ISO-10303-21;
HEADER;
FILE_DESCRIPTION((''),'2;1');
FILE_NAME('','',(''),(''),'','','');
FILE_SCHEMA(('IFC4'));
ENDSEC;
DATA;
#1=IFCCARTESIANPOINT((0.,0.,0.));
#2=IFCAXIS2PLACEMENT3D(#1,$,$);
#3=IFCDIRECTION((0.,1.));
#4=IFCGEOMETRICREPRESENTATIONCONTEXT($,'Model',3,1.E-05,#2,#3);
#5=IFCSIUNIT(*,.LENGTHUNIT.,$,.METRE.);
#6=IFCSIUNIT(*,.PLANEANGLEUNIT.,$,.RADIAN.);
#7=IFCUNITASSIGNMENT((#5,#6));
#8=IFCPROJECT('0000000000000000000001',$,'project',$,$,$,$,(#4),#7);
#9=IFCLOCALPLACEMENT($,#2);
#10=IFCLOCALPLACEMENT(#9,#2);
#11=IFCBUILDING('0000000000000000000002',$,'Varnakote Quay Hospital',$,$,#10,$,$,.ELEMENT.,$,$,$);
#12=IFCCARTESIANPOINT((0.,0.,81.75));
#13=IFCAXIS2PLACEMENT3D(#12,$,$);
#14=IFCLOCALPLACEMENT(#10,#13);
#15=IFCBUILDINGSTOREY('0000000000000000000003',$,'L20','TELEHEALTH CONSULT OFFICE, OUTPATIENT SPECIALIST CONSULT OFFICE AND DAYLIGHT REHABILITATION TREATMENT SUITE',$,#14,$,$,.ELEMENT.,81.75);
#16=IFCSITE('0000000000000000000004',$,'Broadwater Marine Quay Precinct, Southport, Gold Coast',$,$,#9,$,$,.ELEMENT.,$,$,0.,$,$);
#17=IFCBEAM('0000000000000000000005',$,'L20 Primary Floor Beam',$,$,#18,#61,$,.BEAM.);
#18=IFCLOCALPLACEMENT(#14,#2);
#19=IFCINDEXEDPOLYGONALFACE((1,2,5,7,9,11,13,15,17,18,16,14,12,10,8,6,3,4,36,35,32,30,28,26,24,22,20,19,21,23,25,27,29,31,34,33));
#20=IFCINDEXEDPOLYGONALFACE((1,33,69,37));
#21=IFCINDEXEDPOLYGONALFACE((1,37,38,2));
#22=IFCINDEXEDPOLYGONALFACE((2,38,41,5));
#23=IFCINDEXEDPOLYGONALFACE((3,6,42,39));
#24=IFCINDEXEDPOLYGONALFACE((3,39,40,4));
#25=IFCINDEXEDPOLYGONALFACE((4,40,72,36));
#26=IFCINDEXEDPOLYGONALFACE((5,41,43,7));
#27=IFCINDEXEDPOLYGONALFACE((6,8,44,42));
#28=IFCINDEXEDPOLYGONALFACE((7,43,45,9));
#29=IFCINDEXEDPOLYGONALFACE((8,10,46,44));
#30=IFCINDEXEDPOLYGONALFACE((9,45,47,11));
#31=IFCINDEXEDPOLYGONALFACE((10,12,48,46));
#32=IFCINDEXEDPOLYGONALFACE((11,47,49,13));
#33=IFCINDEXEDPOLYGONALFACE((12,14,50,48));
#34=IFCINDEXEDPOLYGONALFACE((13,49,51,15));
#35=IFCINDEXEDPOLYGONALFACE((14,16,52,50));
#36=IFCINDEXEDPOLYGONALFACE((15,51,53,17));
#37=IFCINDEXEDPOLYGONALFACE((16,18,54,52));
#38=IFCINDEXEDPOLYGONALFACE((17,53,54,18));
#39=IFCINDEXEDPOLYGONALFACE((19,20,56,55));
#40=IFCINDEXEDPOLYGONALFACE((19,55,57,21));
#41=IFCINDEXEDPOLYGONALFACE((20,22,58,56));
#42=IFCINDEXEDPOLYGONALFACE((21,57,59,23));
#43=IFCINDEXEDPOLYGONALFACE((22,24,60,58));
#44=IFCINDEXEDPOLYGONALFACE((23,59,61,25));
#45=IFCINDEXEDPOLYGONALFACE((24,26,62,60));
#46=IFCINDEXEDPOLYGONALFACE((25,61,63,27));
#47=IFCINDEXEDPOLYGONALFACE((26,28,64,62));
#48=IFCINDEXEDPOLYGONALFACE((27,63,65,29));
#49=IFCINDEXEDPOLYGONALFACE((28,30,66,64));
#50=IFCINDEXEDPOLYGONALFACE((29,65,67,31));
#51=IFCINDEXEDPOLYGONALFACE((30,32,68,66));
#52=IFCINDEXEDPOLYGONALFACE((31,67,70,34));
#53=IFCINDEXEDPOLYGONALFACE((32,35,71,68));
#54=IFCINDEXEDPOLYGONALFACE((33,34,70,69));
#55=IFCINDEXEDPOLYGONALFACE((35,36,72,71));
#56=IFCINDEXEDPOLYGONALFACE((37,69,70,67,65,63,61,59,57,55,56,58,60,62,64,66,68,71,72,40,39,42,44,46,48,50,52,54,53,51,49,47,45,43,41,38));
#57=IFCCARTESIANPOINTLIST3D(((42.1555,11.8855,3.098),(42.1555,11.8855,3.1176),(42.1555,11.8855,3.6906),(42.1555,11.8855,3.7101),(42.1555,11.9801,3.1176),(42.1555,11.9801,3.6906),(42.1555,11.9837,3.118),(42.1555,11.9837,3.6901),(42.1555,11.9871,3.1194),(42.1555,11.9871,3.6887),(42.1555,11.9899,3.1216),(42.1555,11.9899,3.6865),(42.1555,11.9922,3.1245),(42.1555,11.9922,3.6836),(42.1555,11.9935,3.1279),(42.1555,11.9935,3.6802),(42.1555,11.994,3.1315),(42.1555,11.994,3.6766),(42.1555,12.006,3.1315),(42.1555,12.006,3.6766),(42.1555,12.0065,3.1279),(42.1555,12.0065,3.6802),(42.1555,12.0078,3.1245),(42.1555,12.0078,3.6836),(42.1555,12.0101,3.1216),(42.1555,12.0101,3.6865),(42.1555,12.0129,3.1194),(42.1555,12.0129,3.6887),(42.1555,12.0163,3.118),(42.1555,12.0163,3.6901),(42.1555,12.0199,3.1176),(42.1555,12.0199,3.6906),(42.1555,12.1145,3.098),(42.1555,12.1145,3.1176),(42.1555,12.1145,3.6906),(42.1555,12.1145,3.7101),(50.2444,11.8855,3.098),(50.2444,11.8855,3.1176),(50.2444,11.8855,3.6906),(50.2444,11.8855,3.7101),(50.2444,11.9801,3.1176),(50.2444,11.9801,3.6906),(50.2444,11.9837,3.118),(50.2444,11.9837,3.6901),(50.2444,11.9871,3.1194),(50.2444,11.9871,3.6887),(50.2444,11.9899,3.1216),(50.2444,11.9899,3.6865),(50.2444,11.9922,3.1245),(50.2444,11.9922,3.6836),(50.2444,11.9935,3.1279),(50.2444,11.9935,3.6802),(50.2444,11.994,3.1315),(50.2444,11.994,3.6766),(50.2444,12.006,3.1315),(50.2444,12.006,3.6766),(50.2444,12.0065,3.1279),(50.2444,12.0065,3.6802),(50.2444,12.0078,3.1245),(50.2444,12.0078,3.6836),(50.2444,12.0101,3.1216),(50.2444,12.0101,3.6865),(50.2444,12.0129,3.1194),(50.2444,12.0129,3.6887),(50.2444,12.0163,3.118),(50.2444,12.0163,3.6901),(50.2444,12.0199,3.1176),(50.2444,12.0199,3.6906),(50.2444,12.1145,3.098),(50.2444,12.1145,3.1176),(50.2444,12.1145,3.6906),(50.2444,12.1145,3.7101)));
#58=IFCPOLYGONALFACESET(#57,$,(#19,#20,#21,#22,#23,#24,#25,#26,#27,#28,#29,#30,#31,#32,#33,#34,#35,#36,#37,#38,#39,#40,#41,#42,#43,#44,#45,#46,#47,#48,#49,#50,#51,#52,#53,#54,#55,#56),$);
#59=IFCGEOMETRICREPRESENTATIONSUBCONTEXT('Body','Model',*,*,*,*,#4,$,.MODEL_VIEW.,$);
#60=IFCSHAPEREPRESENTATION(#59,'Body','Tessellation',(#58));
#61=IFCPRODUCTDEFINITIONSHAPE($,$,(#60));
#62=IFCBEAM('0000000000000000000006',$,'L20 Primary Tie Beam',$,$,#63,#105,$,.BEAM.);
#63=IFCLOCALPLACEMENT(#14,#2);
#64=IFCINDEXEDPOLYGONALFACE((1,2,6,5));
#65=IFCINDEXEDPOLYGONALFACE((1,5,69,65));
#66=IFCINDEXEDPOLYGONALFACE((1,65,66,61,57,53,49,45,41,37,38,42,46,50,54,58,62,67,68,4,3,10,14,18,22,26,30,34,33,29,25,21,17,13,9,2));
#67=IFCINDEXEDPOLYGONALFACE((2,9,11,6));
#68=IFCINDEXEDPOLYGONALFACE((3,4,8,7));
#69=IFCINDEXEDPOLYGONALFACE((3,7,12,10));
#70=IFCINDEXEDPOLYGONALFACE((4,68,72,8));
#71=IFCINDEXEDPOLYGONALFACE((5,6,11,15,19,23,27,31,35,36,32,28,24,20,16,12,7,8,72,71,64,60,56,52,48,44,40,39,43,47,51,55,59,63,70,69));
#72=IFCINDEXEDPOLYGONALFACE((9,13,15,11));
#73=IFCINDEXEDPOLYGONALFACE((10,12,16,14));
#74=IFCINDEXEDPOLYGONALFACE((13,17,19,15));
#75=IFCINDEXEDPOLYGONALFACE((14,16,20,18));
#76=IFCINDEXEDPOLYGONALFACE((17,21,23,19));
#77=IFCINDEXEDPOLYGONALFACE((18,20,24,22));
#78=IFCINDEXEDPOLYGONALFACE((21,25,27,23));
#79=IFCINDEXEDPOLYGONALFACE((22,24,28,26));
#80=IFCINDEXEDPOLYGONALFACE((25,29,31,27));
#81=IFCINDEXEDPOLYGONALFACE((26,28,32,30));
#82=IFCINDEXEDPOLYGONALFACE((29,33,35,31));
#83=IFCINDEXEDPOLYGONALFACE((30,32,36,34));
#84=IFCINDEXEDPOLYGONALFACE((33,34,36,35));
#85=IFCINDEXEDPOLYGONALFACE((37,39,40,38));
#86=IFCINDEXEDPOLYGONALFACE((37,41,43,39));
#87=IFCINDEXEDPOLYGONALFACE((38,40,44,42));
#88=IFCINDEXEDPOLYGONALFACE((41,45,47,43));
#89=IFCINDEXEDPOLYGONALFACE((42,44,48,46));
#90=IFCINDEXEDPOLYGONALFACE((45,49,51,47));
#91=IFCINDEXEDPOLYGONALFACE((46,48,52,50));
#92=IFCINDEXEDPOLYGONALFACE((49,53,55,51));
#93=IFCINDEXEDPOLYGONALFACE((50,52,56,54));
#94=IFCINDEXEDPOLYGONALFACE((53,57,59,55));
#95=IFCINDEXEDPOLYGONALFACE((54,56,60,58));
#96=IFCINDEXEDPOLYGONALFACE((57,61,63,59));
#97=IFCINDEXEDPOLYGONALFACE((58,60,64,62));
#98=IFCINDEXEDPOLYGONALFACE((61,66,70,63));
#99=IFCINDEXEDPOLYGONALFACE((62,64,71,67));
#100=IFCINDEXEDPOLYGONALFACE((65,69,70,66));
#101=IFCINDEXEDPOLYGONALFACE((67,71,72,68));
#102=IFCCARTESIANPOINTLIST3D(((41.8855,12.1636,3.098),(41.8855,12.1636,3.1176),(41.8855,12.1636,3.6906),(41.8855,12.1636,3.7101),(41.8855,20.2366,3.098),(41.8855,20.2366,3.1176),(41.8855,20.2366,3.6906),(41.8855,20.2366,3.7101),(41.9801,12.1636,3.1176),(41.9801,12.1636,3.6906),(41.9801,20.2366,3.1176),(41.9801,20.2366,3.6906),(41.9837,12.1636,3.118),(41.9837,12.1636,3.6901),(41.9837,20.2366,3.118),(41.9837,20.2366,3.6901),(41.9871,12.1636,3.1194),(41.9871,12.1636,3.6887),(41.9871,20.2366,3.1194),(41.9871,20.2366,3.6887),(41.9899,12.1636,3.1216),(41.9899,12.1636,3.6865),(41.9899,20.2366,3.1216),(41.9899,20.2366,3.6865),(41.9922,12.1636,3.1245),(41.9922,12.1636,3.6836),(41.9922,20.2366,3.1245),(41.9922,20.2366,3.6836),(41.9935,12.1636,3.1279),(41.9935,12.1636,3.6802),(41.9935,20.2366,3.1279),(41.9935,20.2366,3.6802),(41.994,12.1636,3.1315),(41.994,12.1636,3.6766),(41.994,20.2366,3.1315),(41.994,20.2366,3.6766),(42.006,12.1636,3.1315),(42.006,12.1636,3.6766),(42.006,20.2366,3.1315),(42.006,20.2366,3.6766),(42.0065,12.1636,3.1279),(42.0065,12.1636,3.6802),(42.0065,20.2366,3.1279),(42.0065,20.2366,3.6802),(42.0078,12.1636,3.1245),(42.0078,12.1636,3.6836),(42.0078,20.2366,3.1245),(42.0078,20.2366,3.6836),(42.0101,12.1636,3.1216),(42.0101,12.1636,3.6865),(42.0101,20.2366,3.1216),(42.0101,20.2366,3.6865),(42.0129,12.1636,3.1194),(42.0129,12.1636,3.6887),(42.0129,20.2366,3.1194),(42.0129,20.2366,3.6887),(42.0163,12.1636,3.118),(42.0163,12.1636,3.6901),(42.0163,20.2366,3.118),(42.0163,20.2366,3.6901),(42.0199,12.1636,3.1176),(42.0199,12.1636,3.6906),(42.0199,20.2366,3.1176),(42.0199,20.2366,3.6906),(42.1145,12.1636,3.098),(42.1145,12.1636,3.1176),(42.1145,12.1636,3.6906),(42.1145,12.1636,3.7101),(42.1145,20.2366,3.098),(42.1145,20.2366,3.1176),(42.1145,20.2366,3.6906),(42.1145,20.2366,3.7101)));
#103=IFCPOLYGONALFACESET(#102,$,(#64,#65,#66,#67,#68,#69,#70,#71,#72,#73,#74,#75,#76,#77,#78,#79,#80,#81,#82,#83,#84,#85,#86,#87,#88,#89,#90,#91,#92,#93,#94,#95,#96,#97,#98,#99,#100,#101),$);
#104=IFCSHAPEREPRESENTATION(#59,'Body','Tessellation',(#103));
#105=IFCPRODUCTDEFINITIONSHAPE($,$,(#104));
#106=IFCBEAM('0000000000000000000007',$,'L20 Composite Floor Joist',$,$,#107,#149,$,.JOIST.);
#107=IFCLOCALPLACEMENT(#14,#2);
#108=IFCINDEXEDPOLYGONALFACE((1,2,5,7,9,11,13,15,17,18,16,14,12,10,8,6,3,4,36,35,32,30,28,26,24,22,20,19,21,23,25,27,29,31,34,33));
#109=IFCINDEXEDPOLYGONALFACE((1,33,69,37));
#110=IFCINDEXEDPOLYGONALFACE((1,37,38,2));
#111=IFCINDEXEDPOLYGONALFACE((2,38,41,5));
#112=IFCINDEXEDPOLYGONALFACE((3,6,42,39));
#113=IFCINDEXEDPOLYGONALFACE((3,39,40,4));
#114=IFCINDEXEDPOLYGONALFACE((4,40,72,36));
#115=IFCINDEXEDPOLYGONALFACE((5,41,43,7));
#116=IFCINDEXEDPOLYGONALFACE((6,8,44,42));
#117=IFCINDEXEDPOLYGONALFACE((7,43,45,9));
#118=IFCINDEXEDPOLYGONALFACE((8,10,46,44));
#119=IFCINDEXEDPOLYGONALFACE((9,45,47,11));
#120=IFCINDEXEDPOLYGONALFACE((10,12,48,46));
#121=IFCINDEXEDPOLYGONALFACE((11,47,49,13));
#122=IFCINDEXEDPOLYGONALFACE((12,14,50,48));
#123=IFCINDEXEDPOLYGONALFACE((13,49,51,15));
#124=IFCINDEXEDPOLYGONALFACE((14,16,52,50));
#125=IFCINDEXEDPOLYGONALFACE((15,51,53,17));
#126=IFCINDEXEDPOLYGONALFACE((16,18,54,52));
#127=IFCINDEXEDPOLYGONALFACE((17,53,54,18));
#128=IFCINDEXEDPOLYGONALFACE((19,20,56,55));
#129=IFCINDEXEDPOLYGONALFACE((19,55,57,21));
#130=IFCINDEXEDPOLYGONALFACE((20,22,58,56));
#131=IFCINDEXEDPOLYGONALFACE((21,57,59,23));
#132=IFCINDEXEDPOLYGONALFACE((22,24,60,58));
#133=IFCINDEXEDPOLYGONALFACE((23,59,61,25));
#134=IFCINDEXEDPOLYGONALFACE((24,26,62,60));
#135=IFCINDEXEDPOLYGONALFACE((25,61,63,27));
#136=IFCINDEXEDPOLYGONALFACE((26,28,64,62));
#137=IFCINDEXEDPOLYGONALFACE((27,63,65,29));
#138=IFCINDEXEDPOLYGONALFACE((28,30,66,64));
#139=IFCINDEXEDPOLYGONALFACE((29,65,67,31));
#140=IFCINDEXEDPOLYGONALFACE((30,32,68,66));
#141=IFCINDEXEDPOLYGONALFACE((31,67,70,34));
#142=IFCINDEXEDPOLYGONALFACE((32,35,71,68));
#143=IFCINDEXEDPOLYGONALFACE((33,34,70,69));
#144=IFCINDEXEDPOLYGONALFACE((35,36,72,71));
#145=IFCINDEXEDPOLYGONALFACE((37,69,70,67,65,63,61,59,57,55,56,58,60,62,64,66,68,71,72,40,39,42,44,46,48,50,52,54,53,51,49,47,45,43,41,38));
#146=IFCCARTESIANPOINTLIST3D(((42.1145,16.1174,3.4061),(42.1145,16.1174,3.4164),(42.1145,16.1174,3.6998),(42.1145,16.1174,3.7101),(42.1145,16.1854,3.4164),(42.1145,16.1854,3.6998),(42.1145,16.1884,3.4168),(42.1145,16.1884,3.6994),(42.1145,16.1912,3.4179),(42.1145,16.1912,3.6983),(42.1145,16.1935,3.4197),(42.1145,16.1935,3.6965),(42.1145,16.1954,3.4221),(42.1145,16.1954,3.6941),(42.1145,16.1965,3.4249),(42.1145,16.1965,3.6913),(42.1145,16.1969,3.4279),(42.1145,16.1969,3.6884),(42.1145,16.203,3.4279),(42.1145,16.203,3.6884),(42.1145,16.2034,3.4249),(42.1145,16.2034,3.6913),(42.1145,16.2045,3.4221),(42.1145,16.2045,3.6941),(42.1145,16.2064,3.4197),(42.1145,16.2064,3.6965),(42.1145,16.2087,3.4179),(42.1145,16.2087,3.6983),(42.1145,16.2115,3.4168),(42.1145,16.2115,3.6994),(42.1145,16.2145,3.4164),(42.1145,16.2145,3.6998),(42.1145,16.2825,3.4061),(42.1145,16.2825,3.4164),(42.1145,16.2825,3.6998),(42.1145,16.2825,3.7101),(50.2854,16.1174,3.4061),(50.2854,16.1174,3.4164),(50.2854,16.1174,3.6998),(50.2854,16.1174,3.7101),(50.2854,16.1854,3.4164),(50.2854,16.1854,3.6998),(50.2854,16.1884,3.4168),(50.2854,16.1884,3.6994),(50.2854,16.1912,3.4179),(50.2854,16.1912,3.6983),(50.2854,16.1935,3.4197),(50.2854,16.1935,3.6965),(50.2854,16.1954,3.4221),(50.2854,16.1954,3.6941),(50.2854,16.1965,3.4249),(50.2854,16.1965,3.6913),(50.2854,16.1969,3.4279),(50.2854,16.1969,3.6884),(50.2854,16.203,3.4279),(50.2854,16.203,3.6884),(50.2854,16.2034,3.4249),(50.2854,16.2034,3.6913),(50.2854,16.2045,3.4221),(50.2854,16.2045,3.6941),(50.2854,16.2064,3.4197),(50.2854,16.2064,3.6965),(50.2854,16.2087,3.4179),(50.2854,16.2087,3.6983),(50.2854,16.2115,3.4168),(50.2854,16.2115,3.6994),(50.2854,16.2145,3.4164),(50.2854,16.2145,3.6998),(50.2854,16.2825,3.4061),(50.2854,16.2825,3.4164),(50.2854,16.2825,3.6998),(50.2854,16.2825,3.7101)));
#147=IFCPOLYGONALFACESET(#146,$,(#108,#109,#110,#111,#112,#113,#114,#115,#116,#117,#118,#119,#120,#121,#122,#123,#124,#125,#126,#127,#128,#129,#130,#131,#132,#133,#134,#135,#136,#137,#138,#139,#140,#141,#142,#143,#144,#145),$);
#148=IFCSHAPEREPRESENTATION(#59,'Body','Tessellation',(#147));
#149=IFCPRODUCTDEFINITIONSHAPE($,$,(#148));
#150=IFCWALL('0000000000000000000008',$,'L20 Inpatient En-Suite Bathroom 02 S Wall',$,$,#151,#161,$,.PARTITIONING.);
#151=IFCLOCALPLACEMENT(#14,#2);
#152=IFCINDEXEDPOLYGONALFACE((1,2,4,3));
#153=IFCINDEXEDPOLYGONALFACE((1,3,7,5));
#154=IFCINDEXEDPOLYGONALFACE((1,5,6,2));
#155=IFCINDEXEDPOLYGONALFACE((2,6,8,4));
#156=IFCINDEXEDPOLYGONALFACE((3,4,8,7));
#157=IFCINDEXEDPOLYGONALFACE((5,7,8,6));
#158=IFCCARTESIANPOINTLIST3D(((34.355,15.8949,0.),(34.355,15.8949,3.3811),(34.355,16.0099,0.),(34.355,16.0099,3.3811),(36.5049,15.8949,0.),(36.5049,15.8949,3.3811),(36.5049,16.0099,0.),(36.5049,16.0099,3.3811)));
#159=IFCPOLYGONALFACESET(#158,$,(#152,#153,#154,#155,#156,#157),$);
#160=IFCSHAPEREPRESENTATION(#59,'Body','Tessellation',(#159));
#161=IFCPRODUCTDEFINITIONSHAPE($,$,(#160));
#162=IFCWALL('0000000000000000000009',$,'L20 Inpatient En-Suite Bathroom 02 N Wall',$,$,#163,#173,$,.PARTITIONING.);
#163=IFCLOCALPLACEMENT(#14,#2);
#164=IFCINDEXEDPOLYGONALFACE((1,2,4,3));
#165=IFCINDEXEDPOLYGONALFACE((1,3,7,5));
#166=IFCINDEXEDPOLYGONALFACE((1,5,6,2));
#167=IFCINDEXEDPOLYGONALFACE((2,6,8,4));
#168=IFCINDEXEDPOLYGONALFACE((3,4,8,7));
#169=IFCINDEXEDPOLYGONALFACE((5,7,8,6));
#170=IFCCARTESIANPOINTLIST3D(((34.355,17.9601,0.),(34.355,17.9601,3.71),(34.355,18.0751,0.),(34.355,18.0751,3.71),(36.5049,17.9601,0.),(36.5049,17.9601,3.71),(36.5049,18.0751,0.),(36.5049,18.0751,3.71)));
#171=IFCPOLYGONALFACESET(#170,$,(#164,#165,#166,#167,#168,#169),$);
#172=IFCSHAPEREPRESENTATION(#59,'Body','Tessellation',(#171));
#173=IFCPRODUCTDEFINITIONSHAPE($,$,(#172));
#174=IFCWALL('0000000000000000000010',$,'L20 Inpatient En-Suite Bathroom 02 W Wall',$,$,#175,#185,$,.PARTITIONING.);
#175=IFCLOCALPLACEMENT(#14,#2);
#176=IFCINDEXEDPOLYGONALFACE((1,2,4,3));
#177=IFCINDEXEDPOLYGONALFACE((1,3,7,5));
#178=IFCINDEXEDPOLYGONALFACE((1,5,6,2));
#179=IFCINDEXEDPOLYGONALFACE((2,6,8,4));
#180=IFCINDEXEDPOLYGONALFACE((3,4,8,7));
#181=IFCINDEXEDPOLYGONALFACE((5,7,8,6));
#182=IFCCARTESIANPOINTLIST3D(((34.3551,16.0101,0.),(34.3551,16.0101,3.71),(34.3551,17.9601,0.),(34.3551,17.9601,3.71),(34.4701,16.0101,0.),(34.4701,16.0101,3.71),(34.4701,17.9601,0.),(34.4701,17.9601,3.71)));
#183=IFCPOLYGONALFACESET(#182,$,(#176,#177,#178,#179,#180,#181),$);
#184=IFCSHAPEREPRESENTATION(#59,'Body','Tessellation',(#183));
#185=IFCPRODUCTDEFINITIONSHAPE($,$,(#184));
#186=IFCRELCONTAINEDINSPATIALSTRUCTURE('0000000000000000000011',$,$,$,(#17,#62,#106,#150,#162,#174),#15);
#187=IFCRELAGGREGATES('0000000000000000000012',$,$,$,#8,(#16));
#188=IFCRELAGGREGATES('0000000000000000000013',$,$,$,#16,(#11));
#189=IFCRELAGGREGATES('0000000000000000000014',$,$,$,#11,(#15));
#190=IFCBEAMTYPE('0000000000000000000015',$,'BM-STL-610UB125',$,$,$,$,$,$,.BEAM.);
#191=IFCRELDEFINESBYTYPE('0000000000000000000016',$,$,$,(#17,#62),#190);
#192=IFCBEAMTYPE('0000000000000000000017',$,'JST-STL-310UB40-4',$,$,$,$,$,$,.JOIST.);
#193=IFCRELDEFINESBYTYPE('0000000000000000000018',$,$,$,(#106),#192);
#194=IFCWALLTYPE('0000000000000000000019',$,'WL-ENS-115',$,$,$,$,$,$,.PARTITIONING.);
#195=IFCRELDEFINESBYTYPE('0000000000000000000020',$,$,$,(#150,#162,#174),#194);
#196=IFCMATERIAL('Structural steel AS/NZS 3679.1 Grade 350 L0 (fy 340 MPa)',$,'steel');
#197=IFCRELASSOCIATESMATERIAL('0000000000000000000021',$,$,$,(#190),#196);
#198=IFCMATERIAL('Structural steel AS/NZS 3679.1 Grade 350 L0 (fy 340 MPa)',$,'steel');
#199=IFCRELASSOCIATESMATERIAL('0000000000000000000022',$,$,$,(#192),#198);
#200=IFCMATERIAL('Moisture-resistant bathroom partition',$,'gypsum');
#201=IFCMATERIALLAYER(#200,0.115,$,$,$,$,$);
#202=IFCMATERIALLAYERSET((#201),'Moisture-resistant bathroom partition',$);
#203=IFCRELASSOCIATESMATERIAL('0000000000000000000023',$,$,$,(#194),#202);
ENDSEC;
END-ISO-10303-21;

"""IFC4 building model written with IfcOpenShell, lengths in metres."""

from ifc_helpers import new_model, si_unit, direction, frame, frame_2d, origin, origin_2d, place, context, subcontext, project, spatial, rectangle, i_section, extrude, material, layer, layer_set, material_profile, profile_set, type_object, element, save


model = new_model("IFC4")

# Units and contexts
model_context = context("Model", 3, precision=1e-05, world=origin(), true_north=direction((0.0, 1.0)))
body_context = subcontext(model_context, "Body", "Model", "MODEL_VIEW")
ifc_project = project(units=[si_unit("LENGTHUNIT", "METRE"), si_unit("PLANEANGLEUNIT", "RADIAN")], contexts=[model_context])

# Site, building, storey
site_placement = place(None, origin())
site = spatial("IfcSite", under=ifc_project, at=site_placement, Name="Broadwater Marine Quay Precinct, Southport, Gold Coast", CompositionType="ELEMENT", RefElevation=0.0)
building_placement = place(site_placement, origin())
building = spatial("IfcBuilding", under=site, at=building_placement, Name="Varnakote Quay Hospital", CompositionType="ELEMENT")
storey_placement = place(building_placement, frame((0.0, 0.0, 81.75)))
storey = spatial("IfcBuildingStorey", under=building, at=storey_placement, Name="L20", Description="TELEHEALTH CONSULT OFFICE, OUTPATIENT SPECIALIST CONSULT OFFICE AND DAYLIGHT REHABILITATION TREATMENT SUITE", CompositionType="ELEMENT", Elevation=81.75)

# Beams
ifc_material_1 = material(Name="Structural steel AS/NZS 3679.1 Grade 350 L0 (fy 340 MPa)", Category="steel")
ifc_material_profile_1 = material_profile(ifc_material_1, i_section(OverallWidth=0.229, OverallDepth=0.6121, WebThickness=0.012, FlangeThickness=0.0195, FilletRadius=0.0139, at=origin_2d()), Name="610UB125")
ifc_profile_set_1 = profile_set([ifc_material_profile_1], Name="Structural steel AS/NZS 3679.1 Grade 350 L0 (fy 340 MPa)")
beam_type_1 = type_object("IfcBeamType", Name="BM-STL-610UB125", PredefinedType="BEAM", material=ifc_profile_set_1)
beam_1_placement = place(storey_placement, frame((42.1555, 12.0, 3.4041), z_axis=(1.0, 0.0, 0.0), x_axis=(0.0, 1.0, 0.0)))
element("IfcBeam", 1, at=beam_1_placement, inside=storey, type_object=beam_type_1, Name="L20 Primary Floor Beam", PredefinedType="BEAM", context=body_context, shape_type="SweptSolid", body=[
    extrude(i_section(OverallWidth=0.229, OverallDepth=0.6121, WebThickness=0.012, FlangeThickness=0.0195, FilletRadius=0.0139, at=origin_2d()), origin(), (0.0, 0.0, 1.0), 8.0889),
])
beam_2_placement = place(storey_placement, frame((42.0, 12.1636, 3.4041), z_axis=(0.0, 1.0, 0.0), x_axis=(-1.0, 0.0, 0.0)))
element("IfcBeam", 2, at=beam_2_placement, inside=storey, type_object=beam_type_1, Name="L20 Primary Tie Beam", PredefinedType="BEAM", context=body_context, shape_type="SweptSolid", body=[
    extrude(i_section(OverallWidth=0.229, OverallDepth=0.6121, WebThickness=0.012, FlangeThickness=0.0195, FilletRadius=0.0139, at=origin_2d()), origin(), (0.0, 0.0, 1.0), 8.073),
])
ifc_material_2 = material(Name="Structural steel AS/NZS 3679.1 Grade 350 L0 (fy 340 MPa)", Category="steel")
ifc_material_profile_2 = material_profile(ifc_material_2, i_section(OverallWidth=0.165, OverallDepth=0.304, WebThickness=0.0061, FlangeThickness=0.0103, FilletRadius=0.0115, at=origin_2d()), Name="310UB40.4")
ifc_profile_set_2 = profile_set([ifc_material_profile_2], Name="Structural steel AS/NZS 3679.1 Grade 350 L0 (fy 340 MPa)")
beam_type_2 = type_object("IfcBeamType", Name="JST-STL-310UB40-4", PredefinedType="JOIST", material=ifc_profile_set_2)
beam_3_placement = place(storey_placement, frame((42.1145, 16.2, 3.5581), z_axis=(1.0, 0.0, 0.0), x_axis=(0.0, 1.0, 0.0)))
element("IfcBeam", 3, at=beam_3_placement, inside=storey, type_object=beam_type_2, Name="L20 Composite Floor Joist", PredefinedType="JOIST", context=body_context, shape_type="SweptSolid", body=[
    extrude(i_section(OverallWidth=0.165, OverallDepth=0.304, WebThickness=0.0061, FlangeThickness=0.0103, FilletRadius=0.0115, at=origin_2d()), origin(), (0.0, 0.0, 1.0), 8.1709),
])

# Walls
ifc_material_3 = material(Name="Moisture-resistant bathroom partition", Category="gypsum")
ifc_layer_1 = layer(ifc_material_3, 0.115)
ifc_layer_set_1 = layer_set([ifc_layer_1], Name="Moisture-resistant bathroom partition")
wall_type_1 = type_object("IfcWallType", Name="WL-ENS-115", PredefinedType="PARTITIONING", material=ifc_layer_set_1)
wall_1_placement = place(storey_placement, frame((34.355, 15.9524, 0.0), z_axis=(0.0, 0.0, 1.0), x_axis=(1.0, 0.0, 0.0)))
element("IfcWall", 4, at=wall_1_placement, inside=storey, type_object=wall_type_1, Name="L20 Inpatient En-Suite Bathroom 02 S Wall", PredefinedType="PARTITIONING", context=body_context, shape_type="SweptSolid", body=[
    extrude(rectangle(XDim=2.1499, YDim=0.115, at=frame_2d((1.075, 0.0))), origin(), (0.0, 0.0, 1.0), 3.3811),
])
wall_2_placement = place(storey_placement, frame((34.355, 18.0176, 0.0), z_axis=(0.0, 0.0, 1.0), x_axis=(1.0, 0.0, 0.0)))
element("IfcWall", 5, at=wall_2_placement, inside=storey, type_object=wall_type_1, Name="L20 Inpatient En-Suite Bathroom 02 N Wall", PredefinedType="PARTITIONING", context=body_context, shape_type="SweptSolid", body=[
    extrude(rectangle(XDim=2.1499, YDim=0.115, at=frame_2d((1.075, 0.0))), origin(), (0.0, 0.0, 1.0), 3.71),
])
wall_3_placement = place(storey_placement, frame((34.4126, 16.01, 0.0), z_axis=(0.0, 0.0, 1.0), x_axis=(0.0, 1.0, 0.0)))
element("IfcWall", 6, at=wall_3_placement, inside=storey, type_object=wall_type_1, Name="L20 Inpatient En-Suite Bathroom 02 W Wall", PredefinedType="PARTITIONING", context=body_context, shape_type="SweptSolid", body=[
    extrude(rectangle(XDim=1.95, YDim=0.115, at=frame_2d((0.9751, 0.0))), origin(), (0.0, 0.0, 1.0), 3.71),
])

save(model, "model.ifc")
